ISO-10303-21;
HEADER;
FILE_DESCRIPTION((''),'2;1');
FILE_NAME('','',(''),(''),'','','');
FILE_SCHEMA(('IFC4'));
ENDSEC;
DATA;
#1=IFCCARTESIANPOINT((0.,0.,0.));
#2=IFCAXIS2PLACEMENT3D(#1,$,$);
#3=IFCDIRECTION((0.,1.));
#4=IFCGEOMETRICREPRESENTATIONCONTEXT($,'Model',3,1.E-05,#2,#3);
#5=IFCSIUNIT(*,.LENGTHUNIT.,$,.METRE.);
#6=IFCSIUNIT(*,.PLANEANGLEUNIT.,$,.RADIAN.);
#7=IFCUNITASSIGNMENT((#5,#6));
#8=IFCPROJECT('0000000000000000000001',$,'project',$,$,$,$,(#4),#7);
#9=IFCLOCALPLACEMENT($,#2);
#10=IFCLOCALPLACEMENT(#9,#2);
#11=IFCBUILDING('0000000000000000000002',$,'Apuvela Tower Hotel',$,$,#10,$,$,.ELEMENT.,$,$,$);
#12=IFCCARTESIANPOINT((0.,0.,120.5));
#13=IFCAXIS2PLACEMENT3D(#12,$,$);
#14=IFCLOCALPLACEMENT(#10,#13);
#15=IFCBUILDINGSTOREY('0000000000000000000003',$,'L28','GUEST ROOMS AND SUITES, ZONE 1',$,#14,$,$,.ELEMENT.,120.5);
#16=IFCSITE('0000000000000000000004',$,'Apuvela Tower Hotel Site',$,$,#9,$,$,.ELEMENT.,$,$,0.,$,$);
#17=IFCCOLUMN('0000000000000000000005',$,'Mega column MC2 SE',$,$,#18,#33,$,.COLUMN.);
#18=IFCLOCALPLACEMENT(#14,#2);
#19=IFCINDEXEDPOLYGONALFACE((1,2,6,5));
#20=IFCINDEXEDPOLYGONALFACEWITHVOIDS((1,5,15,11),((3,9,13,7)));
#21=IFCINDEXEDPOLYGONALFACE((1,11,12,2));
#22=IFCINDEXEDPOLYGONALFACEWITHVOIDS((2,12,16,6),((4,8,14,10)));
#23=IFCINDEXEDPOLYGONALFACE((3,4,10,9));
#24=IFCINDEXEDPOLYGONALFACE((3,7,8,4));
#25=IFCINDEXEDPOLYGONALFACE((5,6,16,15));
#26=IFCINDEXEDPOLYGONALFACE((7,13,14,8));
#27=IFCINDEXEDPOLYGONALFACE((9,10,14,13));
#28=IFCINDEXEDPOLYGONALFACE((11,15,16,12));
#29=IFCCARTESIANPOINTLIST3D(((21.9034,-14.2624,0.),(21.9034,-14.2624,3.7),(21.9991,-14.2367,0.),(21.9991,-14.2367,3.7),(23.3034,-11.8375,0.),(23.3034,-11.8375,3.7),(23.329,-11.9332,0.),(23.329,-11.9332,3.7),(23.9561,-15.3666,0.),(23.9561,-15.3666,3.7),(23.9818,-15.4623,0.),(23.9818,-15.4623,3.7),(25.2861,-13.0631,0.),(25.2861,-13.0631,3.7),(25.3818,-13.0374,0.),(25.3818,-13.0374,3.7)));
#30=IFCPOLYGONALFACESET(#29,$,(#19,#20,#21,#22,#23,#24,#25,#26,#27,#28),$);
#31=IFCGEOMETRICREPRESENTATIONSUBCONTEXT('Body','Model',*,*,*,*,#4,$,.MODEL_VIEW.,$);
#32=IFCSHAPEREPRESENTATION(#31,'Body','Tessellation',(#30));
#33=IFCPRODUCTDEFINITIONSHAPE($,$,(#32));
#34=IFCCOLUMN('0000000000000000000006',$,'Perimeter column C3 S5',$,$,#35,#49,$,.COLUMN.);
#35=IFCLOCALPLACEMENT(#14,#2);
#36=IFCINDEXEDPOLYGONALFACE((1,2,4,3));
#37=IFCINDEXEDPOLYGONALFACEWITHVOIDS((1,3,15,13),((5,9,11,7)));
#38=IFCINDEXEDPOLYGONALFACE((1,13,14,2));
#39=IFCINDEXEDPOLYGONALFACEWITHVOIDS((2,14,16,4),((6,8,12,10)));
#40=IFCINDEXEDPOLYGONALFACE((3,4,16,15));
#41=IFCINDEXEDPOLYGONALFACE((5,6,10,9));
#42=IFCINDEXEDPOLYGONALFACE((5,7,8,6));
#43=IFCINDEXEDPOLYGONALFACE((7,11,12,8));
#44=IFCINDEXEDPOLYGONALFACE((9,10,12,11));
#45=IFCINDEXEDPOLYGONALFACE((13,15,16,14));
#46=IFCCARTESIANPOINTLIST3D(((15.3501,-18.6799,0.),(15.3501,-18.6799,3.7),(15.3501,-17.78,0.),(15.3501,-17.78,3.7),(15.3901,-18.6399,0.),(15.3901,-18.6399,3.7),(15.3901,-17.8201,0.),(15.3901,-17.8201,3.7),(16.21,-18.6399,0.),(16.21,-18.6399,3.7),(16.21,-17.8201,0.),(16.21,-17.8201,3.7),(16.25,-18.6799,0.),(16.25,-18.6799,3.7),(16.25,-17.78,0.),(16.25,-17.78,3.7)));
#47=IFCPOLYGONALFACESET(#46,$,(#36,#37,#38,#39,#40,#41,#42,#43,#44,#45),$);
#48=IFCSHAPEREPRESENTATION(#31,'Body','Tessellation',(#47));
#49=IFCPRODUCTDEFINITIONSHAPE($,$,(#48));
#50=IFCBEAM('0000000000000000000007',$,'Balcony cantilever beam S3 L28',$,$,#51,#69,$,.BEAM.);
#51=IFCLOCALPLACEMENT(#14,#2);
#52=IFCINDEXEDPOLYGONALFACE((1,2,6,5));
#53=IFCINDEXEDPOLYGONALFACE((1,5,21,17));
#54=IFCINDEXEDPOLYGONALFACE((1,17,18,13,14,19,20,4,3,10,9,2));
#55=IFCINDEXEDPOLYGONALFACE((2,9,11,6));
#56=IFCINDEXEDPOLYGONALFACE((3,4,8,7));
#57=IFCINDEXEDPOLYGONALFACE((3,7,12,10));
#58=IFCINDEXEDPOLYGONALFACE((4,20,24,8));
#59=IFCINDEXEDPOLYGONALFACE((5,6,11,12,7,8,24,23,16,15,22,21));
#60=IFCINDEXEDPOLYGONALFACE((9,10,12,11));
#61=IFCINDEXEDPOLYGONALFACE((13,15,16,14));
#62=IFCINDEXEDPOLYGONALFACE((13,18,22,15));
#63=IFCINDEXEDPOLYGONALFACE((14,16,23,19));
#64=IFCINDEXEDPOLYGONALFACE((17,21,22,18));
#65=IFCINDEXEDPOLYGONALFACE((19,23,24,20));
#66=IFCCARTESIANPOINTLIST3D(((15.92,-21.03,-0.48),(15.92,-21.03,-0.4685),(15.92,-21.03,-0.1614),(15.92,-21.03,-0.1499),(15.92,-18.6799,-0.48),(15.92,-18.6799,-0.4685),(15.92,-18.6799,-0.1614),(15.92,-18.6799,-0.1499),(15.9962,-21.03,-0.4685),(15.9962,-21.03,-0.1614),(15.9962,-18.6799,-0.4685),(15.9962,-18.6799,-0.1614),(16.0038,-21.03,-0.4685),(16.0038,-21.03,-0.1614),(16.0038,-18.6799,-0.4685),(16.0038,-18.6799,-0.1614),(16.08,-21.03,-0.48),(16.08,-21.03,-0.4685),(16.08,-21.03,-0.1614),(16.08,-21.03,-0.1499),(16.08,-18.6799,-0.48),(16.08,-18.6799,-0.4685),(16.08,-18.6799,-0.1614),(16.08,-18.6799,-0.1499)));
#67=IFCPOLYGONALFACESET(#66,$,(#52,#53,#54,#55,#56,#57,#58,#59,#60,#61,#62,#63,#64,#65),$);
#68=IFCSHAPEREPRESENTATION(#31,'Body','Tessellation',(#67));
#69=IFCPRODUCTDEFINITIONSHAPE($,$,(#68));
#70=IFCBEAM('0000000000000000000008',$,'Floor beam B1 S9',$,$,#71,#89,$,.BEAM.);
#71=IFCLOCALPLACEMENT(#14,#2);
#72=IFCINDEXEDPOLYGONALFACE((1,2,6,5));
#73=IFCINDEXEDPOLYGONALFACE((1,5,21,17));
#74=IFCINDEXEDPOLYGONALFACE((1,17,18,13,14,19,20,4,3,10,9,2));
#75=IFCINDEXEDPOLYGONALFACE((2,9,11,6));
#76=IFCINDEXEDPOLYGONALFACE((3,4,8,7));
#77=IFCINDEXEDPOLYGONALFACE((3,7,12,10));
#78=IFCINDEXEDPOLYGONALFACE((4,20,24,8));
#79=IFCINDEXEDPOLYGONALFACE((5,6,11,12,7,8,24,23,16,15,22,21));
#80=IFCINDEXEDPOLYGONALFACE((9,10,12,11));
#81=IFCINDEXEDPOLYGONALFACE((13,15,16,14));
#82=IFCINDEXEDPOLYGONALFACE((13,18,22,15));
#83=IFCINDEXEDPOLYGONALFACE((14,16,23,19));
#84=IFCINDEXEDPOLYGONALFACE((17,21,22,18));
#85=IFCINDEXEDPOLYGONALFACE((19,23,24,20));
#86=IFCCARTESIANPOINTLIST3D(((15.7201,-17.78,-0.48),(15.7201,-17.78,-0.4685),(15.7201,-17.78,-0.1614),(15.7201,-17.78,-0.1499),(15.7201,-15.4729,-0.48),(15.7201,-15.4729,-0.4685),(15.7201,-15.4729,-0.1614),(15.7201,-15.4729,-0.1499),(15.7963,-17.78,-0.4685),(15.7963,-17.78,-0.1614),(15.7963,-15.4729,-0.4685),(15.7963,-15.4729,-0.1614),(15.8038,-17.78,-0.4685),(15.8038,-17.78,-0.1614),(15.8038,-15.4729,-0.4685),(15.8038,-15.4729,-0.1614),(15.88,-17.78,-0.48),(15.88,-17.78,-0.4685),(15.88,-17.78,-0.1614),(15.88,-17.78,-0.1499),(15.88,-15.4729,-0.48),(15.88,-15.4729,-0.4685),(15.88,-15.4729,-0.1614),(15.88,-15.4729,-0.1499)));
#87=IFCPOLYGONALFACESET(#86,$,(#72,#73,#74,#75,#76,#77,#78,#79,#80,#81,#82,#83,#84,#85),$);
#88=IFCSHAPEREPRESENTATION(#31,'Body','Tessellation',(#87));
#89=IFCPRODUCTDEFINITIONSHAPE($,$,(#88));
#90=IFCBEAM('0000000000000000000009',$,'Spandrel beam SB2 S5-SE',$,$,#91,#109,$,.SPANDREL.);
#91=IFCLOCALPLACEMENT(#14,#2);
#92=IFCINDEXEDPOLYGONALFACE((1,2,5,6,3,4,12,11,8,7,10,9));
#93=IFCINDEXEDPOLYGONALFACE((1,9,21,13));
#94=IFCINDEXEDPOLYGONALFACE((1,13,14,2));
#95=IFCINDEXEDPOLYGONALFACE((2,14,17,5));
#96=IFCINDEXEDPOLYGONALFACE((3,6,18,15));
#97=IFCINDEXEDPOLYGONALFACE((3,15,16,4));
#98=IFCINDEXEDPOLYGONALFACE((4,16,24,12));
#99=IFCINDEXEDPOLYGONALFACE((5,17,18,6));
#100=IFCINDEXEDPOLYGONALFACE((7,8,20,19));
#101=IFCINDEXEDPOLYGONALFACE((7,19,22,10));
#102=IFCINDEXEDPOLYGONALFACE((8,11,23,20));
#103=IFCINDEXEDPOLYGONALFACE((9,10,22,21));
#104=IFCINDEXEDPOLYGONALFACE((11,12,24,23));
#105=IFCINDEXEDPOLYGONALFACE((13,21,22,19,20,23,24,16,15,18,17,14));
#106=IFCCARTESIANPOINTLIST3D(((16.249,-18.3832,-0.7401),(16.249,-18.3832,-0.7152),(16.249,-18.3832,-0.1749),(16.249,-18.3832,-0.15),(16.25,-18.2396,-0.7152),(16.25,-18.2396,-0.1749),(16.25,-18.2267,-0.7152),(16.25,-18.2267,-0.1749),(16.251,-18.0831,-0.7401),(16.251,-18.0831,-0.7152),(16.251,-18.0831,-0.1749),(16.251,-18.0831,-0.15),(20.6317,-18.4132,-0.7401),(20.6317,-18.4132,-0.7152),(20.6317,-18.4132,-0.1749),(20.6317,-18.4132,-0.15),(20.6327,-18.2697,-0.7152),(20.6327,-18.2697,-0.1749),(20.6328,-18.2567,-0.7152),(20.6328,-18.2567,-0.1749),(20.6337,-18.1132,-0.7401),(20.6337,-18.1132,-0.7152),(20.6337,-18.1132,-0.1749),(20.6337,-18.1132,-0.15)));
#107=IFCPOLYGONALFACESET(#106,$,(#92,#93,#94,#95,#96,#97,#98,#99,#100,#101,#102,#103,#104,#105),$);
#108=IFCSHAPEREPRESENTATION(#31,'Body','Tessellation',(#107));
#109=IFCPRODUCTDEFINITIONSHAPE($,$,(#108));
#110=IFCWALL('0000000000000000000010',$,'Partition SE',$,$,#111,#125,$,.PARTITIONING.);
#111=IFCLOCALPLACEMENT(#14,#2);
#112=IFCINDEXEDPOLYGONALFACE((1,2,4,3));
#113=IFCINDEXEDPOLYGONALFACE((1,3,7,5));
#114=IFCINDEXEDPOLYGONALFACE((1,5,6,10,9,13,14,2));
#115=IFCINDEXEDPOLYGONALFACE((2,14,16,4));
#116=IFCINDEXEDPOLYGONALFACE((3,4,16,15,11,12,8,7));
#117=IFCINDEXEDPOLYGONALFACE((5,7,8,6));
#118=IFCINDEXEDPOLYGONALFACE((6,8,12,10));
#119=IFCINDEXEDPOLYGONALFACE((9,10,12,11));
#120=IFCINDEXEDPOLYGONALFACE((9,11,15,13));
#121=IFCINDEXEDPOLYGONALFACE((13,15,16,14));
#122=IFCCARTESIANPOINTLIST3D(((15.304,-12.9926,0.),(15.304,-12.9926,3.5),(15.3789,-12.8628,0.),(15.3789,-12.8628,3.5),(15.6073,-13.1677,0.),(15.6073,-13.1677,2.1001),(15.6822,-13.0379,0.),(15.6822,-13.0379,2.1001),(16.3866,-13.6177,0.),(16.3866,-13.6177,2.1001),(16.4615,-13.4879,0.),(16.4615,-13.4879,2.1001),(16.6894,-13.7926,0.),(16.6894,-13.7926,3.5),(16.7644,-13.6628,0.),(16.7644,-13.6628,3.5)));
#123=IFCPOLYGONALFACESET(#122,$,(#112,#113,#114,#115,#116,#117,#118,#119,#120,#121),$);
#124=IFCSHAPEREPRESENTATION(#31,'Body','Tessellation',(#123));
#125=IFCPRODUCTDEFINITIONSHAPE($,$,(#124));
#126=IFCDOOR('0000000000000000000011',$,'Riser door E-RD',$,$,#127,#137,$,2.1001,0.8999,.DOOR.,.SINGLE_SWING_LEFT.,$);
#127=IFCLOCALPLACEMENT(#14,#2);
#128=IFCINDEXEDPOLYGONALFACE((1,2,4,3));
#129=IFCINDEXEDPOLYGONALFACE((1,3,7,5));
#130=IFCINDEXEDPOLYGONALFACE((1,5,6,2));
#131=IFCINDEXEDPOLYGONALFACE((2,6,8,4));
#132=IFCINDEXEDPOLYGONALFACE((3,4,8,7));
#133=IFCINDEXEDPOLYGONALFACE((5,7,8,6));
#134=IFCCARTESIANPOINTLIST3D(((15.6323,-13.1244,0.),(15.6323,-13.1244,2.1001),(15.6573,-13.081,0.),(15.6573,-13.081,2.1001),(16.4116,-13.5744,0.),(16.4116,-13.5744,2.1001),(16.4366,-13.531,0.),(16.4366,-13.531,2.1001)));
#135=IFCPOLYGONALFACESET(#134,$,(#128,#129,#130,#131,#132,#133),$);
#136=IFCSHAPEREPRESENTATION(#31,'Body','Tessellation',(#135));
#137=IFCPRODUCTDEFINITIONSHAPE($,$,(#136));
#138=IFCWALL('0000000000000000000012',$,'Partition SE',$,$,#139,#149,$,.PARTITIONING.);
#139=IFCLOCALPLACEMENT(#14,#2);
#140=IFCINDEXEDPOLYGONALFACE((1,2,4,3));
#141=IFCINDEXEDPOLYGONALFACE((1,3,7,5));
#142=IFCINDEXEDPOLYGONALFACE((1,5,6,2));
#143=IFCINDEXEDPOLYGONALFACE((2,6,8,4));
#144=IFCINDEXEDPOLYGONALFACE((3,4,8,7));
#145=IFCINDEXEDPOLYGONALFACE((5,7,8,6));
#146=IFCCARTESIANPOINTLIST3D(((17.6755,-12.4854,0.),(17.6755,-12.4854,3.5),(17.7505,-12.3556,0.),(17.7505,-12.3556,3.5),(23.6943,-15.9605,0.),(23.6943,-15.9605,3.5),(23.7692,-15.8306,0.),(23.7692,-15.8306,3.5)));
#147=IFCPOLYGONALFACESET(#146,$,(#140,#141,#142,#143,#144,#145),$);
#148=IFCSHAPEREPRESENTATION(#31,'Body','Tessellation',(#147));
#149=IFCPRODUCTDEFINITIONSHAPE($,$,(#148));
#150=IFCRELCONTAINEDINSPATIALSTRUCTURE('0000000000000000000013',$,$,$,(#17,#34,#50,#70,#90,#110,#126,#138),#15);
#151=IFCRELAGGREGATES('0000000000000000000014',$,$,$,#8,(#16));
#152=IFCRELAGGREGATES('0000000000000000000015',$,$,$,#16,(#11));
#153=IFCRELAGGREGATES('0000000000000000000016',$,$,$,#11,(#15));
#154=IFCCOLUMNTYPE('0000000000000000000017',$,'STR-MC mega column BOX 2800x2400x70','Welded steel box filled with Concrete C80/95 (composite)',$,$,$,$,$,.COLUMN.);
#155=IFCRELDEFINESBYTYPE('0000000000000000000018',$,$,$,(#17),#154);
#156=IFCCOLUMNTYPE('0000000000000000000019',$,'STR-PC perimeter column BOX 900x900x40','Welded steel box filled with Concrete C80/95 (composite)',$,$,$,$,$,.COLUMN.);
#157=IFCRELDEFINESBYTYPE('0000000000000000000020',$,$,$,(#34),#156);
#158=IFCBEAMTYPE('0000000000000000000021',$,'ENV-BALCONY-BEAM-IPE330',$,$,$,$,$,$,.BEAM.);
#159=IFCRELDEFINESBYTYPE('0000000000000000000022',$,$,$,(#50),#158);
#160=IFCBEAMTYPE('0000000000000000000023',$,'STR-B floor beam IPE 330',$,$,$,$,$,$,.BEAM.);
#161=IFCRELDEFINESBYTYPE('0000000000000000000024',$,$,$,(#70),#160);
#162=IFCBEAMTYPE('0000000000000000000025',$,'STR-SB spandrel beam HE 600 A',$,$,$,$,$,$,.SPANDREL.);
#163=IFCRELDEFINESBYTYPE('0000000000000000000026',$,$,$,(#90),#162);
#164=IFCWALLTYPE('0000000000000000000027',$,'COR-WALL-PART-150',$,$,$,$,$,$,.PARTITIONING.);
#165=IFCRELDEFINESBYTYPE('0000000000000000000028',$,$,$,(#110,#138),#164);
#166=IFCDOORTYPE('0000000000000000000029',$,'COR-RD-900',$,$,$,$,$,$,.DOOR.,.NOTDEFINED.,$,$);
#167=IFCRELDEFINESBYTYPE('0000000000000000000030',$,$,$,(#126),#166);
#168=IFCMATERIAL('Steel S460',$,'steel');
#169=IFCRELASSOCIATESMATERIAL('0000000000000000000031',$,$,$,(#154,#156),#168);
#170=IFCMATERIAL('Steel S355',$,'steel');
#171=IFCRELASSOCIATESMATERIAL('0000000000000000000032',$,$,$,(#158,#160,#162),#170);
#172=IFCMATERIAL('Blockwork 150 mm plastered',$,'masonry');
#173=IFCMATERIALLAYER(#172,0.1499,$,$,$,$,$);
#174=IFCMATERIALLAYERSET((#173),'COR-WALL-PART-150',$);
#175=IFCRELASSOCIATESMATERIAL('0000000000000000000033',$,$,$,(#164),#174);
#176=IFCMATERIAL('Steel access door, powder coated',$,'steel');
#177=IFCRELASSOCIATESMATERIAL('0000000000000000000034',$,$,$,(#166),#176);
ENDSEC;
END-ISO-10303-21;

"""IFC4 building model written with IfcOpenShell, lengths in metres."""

from ifc_helpers import new_model, si_unit, direction, frame, frame_2d, origin, origin_2d, place, context, subcontext, project, spatial, rectangle, hollow_rectangle, i_section, extrude, material, layer, layer_set, material_profile, profile_set, type_object, element, fill, save


model = new_model("IFC4")

# Units and contexts
model_context = context("Model", 3, precision=1e-05, world=origin(), true_north=direction((0.0, 1.0)))
body_context = subcontext(model_context, "Body", "Model", "MODEL_VIEW")
ifc_project = project(units=[si_unit("LENGTHUNIT", "METRE"), si_unit("PLANEANGLEUNIT", "RADIAN")], contexts=[model_context])

# Site, building, storey
site_placement = place(None, origin())
site = spatial("IfcSite", under=ifc_project, at=site_placement, Name="Apuvela Tower Hotel Site", CompositionType="ELEMENT", RefElevation=0.0)
building_placement = place(site_placement, origin())
building = spatial("IfcBuilding", under=site, at=building_placement, Name="Apuvela Tower Hotel", CompositionType="ELEMENT")
storey_placement = place(building_placement, frame((0.0, 0.0, 120.5)))
storey = spatial("IfcBuildingStorey", under=building, at=storey_placement, Name="L28", Description="GUEST ROOMS AND SUITES, ZONE 1", CompositionType="ELEMENT", Elevation=120.5)

# Columns
ifc_material_1 = material(Name="Steel S460", Category="steel")
ifc_material_profile_1 = material_profile(ifc_material_1, hollow_rectangle(XDim=2.8, YDim=2.3999, WallThickness=0.0701, at=origin_2d()), Name="BOX 2800x2400x70")
ifc_material_2 = material(Name="Concrete C80/95", Category="concrete")
ifc_material_profile_2 = material_profile(ifc_material_2, rectangle(XDim=2.6599, YDim=2.26, at=origin_2d()), Name="Concrete C80/95 infill")
ifc_profile_set_1 = profile_set([ifc_material_profile_1, ifc_material_profile_2], Name="Steel S460")
column_type_1 = type_object("IfcColumnType", Name="STR-MC mega column BOX 2800x2400x70", Description="Welded steel box filled with Concrete C80/95 (composite)", PredefinedType="COLUMN", material=ifc_profile_set_1)
column_1_placement = place(storey_placement, frame((23.6426, -13.6499, 0.0), z_axis=(0.0, 0.0, 1.0), x_axis=(0.5, 0.866025, 0.0)))
element("IfcColumn", 1, at=column_1_placement, inside=storey, type_object=column_type_1, Name="Mega column MC2 SE", PredefinedType="COLUMN", context=body_context, shape_type="SweptSolid", body=[
    extrude(hollow_rectangle(XDim=2.8, YDim=2.3999, WallThickness=0.0701, at=origin_2d()), origin(), (0.0, 0.0, 1.0), 3.7),
])
ifc_material_profile_3 = material_profile(ifc_material_1, hollow_rectangle(XDim=0.8999, YDim=0.8999, WallThickness=0.04, at=origin_2d()), Name="BOX 900x900x40")
ifc_material_profile_4 = material_profile(ifc_material_2, rectangle(XDim=0.8201, YDim=0.8201, at=origin_2d()), Name="Concrete C80/95 infill")
ifc_profile_set_2 = profile_set([ifc_material_profile_3, ifc_material_profile_4], Name="Steel S460")
column_type_2 = type_object("IfcColumnType", Name="STR-PC perimeter column BOX 900x900x40", Description="Welded steel box filled with Concrete C80/95 (composite)", PredefinedType="COLUMN", material=ifc_profile_set_2)
column_2_placement = place(storey_placement, frame((15.8, -18.23, 0.0), z_axis=(0.0, 0.0, 1.0), x_axis=(-1.0, 0.0, 0.0)))
element("IfcColumn", 2, at=column_2_placement, inside=storey, type_object=column_type_2, Name="Perimeter column C3 S5", PredefinedType="COLUMN", context=body_context, shape_type="SweptSolid", body=[
    extrude(hollow_rectangle(XDim=0.8999, YDim=0.8999, WallThickness=0.04, at=origin_2d()), origin(), (0.0, 0.0, 1.0), 3.7),
])

# Beams
ifc_material_3 = material(Name="Steel S355", Category="steel")
ifc_material_profile_5 = material_profile(ifc_material_3, i_section(OverallWidth=0.1599, OverallDepth=0.3301, WebThickness=0.0076, FlangeThickness=0.0115, at=origin_2d()), Name="IPE 330")
ifc_profile_set_3 = profile_set([ifc_material_profile_5], Name="Steel S355")
beam_type_1 = type_object("IfcBeamType", Name="ENV-BALCONY-BEAM-IPE330", PredefinedType="BEAM", material=ifc_profile_set_3)
beam_1_placement = place(storey_placement, frame((16.0, -18.6799, -0.3149), z_axis=(0.0, -1.0, 0.0), x_axis=(1.0, 0.0, 0.0)))
element("IfcBeam", 3, at=beam_1_placement, inside=storey, type_object=beam_type_1, Name="Balcony cantilever beam S3 L28", PredefinedType="BEAM", context=body_context, shape_type="SweptSolid", body=[
    extrude(i_section(OverallWidth=0.1599, OverallDepth=0.3301, WebThickness=0.0076, FlangeThickness=0.0115, at=origin_2d()), origin(), (0.0, 0.0, 1.0), 2.3501),
])
ifc_material_profile_6 = material_profile(ifc_material_3, i_section(OverallWidth=0.1599, OverallDepth=0.3301, WebThickness=0.0076, FlangeThickness=0.0115, at=origin_2d()), Name="IPE 330")
ifc_profile_set_4 = profile_set([ifc_material_profile_6], Name="Steel S355")
beam_type_2 = type_object("IfcBeamType", Name="STR-B floor beam IPE 330", PredefinedType="BEAM", material=ifc_profile_set_4)
beam_2_placement = place(storey_placement, frame((15.8, -17.78, -0.3149), z_axis=(0.0, 1.0, 0.0), x_axis=(-1.0, 0.0, 0.0)))
element("IfcBeam", 4, at=beam_2_placement, inside=storey, type_object=beam_type_2, Name="Floor beam B1 S9", PredefinedType="BEAM", context=body_context, shape_type="SweptSolid", body=[
    extrude(i_section(OverallWidth=0.1599, OverallDepth=0.3301, WebThickness=0.0076, FlangeThickness=0.0115, at=origin_2d()), origin(), (0.0, 0.0, 1.0), 2.3071),
])
ifc_material_profile_7 = material_profile(ifc_material_3, i_section(OverallWidth=0.3, OverallDepth=0.5901, WebThickness=0.0129, FlangeThickness=0.0249, at=origin_2d()), Name="HE 600 A")
ifc_profile_set_5 = profile_set([ifc_material_profile_7], Name="Steel S355")
beam_type_3 = type_object("IfcBeamType", Name="STR-SB spandrel beam HE 600 A", PredefinedType="SPANDREL", material=ifc_profile_set_5)
beam_3_placement = place(storey_placement, frame((16.25, -18.2332, -0.4451), z_axis=(0.999977, -0.006851, 0.0), x_axis=(0.006851, 0.999977, 0.0)))
element("IfcBeam", 5, at=beam_3_placement, inside=storey, type_object=beam_type_3, Name="Spandrel beam SB2 S5-SE", PredefinedType="SPANDREL", context=body_context, shape_type="SweptSolid", body=[
    extrude(i_section(OverallWidth=0.3, OverallDepth=0.5901, WebThickness=0.0129, FlangeThickness=0.0249, at=origin_2d()), origin(), (0.0, 0.0, 1.0), 4.3828),
])

# Wall, opening, door
ifc_material_4 = material(Name="Blockwork 150 mm plastered", Category="masonry")
ifc_layer_1 = layer(ifc_material_4, 0.1499)
ifc_layer_set_1 = layer_set([ifc_layer_1], Name="COR-WALL-PART-150")
wall_type_1 = type_object("IfcWallType", Name="COR-WALL-PART-150", PredefinedType="PARTITIONING", material=ifc_layer_set_1)
wall_1_placement = place(storey_placement, frame((15.3416, -12.9277, 0.0), z_axis=(0.0, 0.0, 1.0), x_axis=(0.86599, -0.500061, 0.0)))
wall_1 = element("IfcWall", 6, at=wall_1_placement, inside=storey, type_object=wall_type_1, Name="Partition SE", PredefinedType="PARTITIONING", context=body_context, shape_type="SweptSolid", body=[
    extrude(rectangle(XDim=1.5999, YDim=0.1499, at=frame_2d((0.7998, 0.0))), origin(), (0.0, 0.0, 1.0), 3.5),
])
opening_1_placement = place(wall_1_placement, frame((0.3501, 0.0, 0.0)))
opening_1 = element("IfcOpeningElement", 7, at=opening_1_placement, cuts=wall_1, PredefinedType="OPENING", context=body_context, shape_type="SweptSolid", body=[
    extrude(rectangle(XDim=0.8999, YDim=2.1001, at=frame_2d((0.45, 1.05))), frame((0.0, 0.085, 0.0), z_axis=(0.0, -1.0, 0.0), x_axis=(1.0, 0.0, 0.0)), (0.0, 0.0, 1.0), 0.1699),
])
ifc_material_5 = material(Name="Steel access door, powder coated", Category="steel")
door_type_1 = type_object("IfcDoorType", Name="COR-RD-900", OperationType="NOTDEFINED", PredefinedType="DOOR", material=ifc_material_5)
door_1_placement = place(opening_1_placement, frame((0.8999, 0.0, 0.0), z_axis=(0.0, 0.0, 1.0), x_axis=(-1.0, 0.0, 0.0)))
door_1 = element("IfcDoor", 8, at=door_1_placement, inside=storey, type_object=door_type_1, Name="Riser door E-RD", OperationType="SINGLE_SWING_LEFT", OverallHeight=2.1001, OverallWidth=0.8999, PredefinedType="DOOR", context=body_context, shape_type="SweptSolid", body=[
    extrude(rectangle(XDim=0.8999, YDim=2.1001, at=frame_2d((0.45, 1.05))), frame((0.0, 0.0249, 0.0), z_axis=(0.0, -1.0, 0.0), x_axis=(1.0, 0.0, 0.0)), (0.0, 0.0, 1.0), 0.05),
])
fill(opening_1, door_1)

# Wall
wall_2_placement = place(storey_placement, frame((17.7129, -12.4204, 0.0), z_axis=(0.0, 0.0, 1.0), x_axis=(0.866017, -0.500015, 0.0)))
element("IfcWall", 9, at=wall_2_placement, inside=storey, type_object=wall_type_1, Name="Partition SE", PredefinedType="PARTITIONING", context=body_context, shape_type="SweptSolid", body=[
    extrude(rectangle(XDim=6.95, YDim=0.1499, at=frame_2d((3.4751, 0.0))), origin(), (0.0, 0.0, 1.0), 3.5),
])

save(model, "model.ifc")
